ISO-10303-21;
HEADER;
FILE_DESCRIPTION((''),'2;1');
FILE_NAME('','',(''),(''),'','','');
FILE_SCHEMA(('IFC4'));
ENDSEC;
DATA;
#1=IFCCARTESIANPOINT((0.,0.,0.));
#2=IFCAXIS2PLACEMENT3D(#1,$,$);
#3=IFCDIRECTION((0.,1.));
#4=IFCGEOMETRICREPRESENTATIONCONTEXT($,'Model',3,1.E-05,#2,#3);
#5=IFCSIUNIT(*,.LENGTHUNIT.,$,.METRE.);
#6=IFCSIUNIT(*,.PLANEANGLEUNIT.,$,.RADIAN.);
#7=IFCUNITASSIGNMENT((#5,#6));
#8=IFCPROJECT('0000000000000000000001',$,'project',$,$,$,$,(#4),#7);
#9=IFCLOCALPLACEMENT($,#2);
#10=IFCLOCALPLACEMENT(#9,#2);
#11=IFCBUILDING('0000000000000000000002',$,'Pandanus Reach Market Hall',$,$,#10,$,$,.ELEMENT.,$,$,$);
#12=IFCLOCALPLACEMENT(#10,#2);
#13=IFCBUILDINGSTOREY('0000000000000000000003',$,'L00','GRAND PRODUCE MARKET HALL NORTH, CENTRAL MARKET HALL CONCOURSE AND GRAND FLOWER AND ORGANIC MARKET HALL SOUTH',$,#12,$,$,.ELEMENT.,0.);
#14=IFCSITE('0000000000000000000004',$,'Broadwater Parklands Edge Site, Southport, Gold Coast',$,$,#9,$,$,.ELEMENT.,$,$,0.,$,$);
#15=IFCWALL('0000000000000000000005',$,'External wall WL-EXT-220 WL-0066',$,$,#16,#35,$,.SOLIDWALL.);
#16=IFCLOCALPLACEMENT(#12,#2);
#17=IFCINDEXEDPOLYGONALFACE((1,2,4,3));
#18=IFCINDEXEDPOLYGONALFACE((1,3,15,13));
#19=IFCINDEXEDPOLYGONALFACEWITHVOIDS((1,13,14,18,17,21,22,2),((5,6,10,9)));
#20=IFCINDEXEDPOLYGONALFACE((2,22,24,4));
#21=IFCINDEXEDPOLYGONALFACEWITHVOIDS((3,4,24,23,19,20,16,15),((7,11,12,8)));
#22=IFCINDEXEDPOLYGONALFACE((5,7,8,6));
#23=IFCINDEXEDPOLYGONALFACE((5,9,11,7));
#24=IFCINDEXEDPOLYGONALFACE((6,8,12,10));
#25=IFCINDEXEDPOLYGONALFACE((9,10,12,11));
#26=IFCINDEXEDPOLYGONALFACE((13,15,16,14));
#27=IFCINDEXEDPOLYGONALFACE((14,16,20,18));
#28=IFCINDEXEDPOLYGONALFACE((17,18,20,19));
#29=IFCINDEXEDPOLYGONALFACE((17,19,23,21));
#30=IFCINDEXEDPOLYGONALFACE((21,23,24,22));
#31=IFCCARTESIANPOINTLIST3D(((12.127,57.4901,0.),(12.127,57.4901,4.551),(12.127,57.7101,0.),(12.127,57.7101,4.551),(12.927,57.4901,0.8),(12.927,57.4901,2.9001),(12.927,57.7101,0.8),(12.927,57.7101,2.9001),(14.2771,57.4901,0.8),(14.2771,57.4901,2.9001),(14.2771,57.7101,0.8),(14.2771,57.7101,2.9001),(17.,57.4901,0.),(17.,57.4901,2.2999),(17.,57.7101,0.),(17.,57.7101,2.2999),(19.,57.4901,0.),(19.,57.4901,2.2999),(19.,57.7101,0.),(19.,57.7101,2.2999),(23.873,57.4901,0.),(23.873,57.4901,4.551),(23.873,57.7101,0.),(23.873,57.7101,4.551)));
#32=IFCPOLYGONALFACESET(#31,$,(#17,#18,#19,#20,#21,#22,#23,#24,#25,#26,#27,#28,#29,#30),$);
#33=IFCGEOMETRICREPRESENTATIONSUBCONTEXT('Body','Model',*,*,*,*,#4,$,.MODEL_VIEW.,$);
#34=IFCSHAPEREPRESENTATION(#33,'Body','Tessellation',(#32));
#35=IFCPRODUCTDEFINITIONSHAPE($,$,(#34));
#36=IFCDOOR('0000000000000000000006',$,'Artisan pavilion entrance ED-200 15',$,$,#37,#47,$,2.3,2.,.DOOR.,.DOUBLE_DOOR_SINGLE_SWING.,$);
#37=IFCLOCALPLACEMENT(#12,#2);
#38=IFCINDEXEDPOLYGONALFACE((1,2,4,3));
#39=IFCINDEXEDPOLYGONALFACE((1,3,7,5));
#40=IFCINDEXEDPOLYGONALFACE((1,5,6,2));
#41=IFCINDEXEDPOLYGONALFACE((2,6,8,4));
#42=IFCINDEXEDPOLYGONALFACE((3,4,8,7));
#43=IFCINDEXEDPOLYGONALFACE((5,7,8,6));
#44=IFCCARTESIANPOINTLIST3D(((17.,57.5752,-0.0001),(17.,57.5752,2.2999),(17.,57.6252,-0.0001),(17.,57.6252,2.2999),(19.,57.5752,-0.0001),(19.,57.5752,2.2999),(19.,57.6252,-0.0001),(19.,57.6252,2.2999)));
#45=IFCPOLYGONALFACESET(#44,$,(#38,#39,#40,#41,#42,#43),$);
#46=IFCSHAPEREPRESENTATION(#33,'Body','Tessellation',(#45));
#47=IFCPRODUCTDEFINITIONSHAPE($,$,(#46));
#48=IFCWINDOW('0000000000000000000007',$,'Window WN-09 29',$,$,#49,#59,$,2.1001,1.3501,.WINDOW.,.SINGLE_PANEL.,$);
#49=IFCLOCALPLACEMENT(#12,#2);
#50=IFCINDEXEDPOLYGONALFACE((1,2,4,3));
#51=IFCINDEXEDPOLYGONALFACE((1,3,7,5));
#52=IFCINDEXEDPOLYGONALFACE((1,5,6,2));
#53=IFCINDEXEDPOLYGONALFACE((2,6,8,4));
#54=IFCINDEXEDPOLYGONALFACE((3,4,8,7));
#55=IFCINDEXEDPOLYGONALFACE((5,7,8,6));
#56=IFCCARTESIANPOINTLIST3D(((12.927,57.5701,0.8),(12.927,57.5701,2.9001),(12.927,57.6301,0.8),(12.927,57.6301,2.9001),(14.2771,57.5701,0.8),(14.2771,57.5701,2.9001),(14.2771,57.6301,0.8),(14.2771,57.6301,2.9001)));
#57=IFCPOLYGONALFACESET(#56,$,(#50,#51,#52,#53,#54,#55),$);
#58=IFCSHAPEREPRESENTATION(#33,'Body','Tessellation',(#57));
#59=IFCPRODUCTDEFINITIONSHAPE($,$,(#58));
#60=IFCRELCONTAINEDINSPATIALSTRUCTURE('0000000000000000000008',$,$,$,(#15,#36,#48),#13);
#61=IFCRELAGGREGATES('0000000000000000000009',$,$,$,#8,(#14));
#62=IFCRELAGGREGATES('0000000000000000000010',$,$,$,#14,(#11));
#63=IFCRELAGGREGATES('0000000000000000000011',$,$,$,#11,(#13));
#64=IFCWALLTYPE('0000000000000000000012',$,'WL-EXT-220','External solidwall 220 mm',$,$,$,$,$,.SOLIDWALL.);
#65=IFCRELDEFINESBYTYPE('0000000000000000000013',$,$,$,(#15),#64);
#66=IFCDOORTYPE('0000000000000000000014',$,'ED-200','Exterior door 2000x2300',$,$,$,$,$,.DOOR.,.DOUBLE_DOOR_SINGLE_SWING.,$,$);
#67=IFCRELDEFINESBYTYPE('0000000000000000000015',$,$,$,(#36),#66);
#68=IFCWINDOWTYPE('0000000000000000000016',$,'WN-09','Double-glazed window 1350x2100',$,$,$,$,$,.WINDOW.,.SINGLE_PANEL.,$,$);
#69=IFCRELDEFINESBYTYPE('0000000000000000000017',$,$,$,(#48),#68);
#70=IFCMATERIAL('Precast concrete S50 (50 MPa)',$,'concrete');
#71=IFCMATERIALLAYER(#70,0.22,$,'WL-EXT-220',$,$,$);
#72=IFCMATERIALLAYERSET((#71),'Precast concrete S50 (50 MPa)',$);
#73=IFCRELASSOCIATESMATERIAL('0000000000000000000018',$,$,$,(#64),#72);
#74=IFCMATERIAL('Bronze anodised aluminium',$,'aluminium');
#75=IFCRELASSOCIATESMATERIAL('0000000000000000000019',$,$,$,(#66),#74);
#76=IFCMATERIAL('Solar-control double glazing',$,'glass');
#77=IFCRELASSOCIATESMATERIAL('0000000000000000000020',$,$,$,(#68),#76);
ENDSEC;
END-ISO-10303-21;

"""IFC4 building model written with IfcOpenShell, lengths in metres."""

from ifc_helpers import new_model, si_unit, direction, frame, frame_2d, origin, place, context, subcontext, project, spatial, rectangle, extrude, material, layer, layer_set, type_object, element, fill, save


model = new_model("IFC4")

# Units and contexts
model_context = context("Model", 3, precision=1e-05, world=origin(), true_north=direction((0.0, 1.0)))
body_context = subcontext(model_context, "Body", "Model", "MODEL_VIEW")
ifc_project = project(units=[si_unit("LENGTHUNIT", "METRE"), si_unit("PLANEANGLEUNIT", "RADIAN")], contexts=[model_context])

# Site, building, storey
site_placement = place(None, origin())
site = spatial("IfcSite", under=ifc_project, at=site_placement, Name="Broadwater Parklands Edge Site, Southport, Gold Coast", CompositionType="ELEMENT", RefElevation=0.0)
building_placement = place(site_placement, origin())
building = spatial("IfcBuilding", under=site, at=building_placement, Name="Pandanus Reach Market Hall", CompositionType="ELEMENT")
storey_placement = place(building_placement, origin())
storey = spatial("IfcBuildingStorey", under=building, at=storey_placement, Name="L00", Description="GRAND PRODUCE MARKET HALL NORTH, CENTRAL MARKET HALL CONCOURSE AND GRAND FLOWER AND ORGANIC MARKET HALL SOUTH", CompositionType="ELEMENT", Elevation=0.0)

# Shared definitions
ifc_material_1 = material(Name="Precast concrete S50 (50 MPa)", Category="concrete")
ifc_material_2 = material(Name="Bronze anodised aluminium", Category="aluminium")

# Wall, openings, door, window
ifc_layer_1 = layer(ifc_material_1, 0.22, Name="WL-EXT-220")
ifc_layer_set_1 = layer_set([ifc_layer_1], Name="Precast concrete S50 (50 MPa)")
wall_type_1 = type_object("IfcWallType", Name="WL-EXT-220", Description="External solidwall 220 mm", PredefinedType="SOLIDWALL", material=ifc_layer_set_1)
wall_1_placement = place(storey_placement, frame((12.127, 57.6001, 0.0), z_axis=(0.0, 0.0, 1.0), x_axis=(1.0, 0.0, 0.0)))
wall_1 = element("IfcWall", 1, at=wall_1_placement, inside=storey, type_object=wall_type_1, Name="External wall WL-EXT-220 WL-0066", PredefinedType="SOLIDWALL", context=body_context, shape_type="SweptSolid", body=[
    extrude(rectangle(XDim=11.7461, YDim=0.22, at=frame_2d((5.873, 0.0))), origin(), (0.0, 0.0, 1.0), 4.551),
])
opening_1_placement = place(wall_1_placement, frame((4.873, 0.0, 0.0)))
opening_1 = element("IfcOpeningElement", 2, at=opening_1_placement, cuts=wall_1, PredefinedType="OPENING", context=body_context, shape_type="SweptSolid", body=[
    extrude(rectangle(XDim=2.0, YDim=2.3, at=frame_2d((1.0, 1.1499))), frame((0.0, 0.125, 0.0), z_axis=(0.0, -1.0, 0.0), x_axis=(1.0, 0.0, 0.0)), (0.0, 0.0, 1.0), 0.25),
])
opening_2_placement = place(wall_1_placement, frame((0.8, 0.0, 0.8)))
opening_2 = element("IfcOpeningElement", 3, at=opening_2_placement, cuts=wall_1, PredefinedType="OPENING", context=body_context, shape_type="SweptSolid", body=[
    extrude(rectangle(XDim=1.3501, YDim=2.1001, at=frame_2d((0.675, 1.05))), frame((0.0, 0.125, 0.0), z_axis=(0.0, -1.0, 0.0), x_axis=(1.0, 0.0, 0.0)), (0.0, 0.0, 1.0), 0.25),
])
door_type_1 = type_object("IfcDoorType", Name="ED-200", Description="Exterior door 2000x2300", OperationType="DOUBLE_DOOR_SINGLE_SWING", PredefinedType="DOOR", material=ifc_material_2)
door_1_placement = place(opening_1_placement, frame((2.0, 0.0, 0.0), z_axis=(0.0, 0.0, 1.0), x_axis=(-1.0, 0.0, 0.0)))
door_1 = element("IfcDoor", 4, at=door_1_placement, inside=storey, type_object=door_type_1, Name="Artisan pavilion entrance ED-200 15", OperationType="DOUBLE_DOOR_SINGLE_SWING", OverallHeight=2.3, OverallWidth=2.0, PredefinedType="DOOR", context=body_context, shape_type="SweptSolid", body=[
    extrude(rectangle(XDim=2.0, YDim=2.3, at=frame_2d((1.0, 1.1499))), frame((0.0, 0.0249, 0.0), z_axis=(0.0, -1.0, 0.0), x_axis=(1.0, 0.0, 0.0)), (0.0, 0.0, 1.0), 0.05),
])
fill(opening_1, door_1)
ifc_material_3 = material(Name="Solar-control double glazing", Category="glass")
window_type = type_object("IfcWindowType", Name="WN-09", Description="Double-glazed window 1350x2100", PartitioningType="SINGLE_PANEL", PredefinedType="WINDOW", material=ifc_material_3)
window_placement = place(opening_2_placement, origin())
window = element("IfcWindow", 5, at=window_placement, inside=storey, type_object=window_type, Name="Window WN-09 29", OverallHeight=2.1001, OverallWidth=1.3501, PartitioningType="SINGLE_PANEL", PredefinedType="WINDOW", context=body_context, shape_type="SweptSolid", body=[
    extrude(rectangle(XDim=1.3501, YDim=2.1001, at=frame_2d((0.675, 1.05))), frame((0.0, 0.03, 0.0), z_axis=(0.0, -1.0, 0.0), x_axis=(1.0, 0.0, 0.0)), (0.0, 0.0, 1.0), 0.0601),
])
fill(opening_2, window)

save(model, "model.ifc")
